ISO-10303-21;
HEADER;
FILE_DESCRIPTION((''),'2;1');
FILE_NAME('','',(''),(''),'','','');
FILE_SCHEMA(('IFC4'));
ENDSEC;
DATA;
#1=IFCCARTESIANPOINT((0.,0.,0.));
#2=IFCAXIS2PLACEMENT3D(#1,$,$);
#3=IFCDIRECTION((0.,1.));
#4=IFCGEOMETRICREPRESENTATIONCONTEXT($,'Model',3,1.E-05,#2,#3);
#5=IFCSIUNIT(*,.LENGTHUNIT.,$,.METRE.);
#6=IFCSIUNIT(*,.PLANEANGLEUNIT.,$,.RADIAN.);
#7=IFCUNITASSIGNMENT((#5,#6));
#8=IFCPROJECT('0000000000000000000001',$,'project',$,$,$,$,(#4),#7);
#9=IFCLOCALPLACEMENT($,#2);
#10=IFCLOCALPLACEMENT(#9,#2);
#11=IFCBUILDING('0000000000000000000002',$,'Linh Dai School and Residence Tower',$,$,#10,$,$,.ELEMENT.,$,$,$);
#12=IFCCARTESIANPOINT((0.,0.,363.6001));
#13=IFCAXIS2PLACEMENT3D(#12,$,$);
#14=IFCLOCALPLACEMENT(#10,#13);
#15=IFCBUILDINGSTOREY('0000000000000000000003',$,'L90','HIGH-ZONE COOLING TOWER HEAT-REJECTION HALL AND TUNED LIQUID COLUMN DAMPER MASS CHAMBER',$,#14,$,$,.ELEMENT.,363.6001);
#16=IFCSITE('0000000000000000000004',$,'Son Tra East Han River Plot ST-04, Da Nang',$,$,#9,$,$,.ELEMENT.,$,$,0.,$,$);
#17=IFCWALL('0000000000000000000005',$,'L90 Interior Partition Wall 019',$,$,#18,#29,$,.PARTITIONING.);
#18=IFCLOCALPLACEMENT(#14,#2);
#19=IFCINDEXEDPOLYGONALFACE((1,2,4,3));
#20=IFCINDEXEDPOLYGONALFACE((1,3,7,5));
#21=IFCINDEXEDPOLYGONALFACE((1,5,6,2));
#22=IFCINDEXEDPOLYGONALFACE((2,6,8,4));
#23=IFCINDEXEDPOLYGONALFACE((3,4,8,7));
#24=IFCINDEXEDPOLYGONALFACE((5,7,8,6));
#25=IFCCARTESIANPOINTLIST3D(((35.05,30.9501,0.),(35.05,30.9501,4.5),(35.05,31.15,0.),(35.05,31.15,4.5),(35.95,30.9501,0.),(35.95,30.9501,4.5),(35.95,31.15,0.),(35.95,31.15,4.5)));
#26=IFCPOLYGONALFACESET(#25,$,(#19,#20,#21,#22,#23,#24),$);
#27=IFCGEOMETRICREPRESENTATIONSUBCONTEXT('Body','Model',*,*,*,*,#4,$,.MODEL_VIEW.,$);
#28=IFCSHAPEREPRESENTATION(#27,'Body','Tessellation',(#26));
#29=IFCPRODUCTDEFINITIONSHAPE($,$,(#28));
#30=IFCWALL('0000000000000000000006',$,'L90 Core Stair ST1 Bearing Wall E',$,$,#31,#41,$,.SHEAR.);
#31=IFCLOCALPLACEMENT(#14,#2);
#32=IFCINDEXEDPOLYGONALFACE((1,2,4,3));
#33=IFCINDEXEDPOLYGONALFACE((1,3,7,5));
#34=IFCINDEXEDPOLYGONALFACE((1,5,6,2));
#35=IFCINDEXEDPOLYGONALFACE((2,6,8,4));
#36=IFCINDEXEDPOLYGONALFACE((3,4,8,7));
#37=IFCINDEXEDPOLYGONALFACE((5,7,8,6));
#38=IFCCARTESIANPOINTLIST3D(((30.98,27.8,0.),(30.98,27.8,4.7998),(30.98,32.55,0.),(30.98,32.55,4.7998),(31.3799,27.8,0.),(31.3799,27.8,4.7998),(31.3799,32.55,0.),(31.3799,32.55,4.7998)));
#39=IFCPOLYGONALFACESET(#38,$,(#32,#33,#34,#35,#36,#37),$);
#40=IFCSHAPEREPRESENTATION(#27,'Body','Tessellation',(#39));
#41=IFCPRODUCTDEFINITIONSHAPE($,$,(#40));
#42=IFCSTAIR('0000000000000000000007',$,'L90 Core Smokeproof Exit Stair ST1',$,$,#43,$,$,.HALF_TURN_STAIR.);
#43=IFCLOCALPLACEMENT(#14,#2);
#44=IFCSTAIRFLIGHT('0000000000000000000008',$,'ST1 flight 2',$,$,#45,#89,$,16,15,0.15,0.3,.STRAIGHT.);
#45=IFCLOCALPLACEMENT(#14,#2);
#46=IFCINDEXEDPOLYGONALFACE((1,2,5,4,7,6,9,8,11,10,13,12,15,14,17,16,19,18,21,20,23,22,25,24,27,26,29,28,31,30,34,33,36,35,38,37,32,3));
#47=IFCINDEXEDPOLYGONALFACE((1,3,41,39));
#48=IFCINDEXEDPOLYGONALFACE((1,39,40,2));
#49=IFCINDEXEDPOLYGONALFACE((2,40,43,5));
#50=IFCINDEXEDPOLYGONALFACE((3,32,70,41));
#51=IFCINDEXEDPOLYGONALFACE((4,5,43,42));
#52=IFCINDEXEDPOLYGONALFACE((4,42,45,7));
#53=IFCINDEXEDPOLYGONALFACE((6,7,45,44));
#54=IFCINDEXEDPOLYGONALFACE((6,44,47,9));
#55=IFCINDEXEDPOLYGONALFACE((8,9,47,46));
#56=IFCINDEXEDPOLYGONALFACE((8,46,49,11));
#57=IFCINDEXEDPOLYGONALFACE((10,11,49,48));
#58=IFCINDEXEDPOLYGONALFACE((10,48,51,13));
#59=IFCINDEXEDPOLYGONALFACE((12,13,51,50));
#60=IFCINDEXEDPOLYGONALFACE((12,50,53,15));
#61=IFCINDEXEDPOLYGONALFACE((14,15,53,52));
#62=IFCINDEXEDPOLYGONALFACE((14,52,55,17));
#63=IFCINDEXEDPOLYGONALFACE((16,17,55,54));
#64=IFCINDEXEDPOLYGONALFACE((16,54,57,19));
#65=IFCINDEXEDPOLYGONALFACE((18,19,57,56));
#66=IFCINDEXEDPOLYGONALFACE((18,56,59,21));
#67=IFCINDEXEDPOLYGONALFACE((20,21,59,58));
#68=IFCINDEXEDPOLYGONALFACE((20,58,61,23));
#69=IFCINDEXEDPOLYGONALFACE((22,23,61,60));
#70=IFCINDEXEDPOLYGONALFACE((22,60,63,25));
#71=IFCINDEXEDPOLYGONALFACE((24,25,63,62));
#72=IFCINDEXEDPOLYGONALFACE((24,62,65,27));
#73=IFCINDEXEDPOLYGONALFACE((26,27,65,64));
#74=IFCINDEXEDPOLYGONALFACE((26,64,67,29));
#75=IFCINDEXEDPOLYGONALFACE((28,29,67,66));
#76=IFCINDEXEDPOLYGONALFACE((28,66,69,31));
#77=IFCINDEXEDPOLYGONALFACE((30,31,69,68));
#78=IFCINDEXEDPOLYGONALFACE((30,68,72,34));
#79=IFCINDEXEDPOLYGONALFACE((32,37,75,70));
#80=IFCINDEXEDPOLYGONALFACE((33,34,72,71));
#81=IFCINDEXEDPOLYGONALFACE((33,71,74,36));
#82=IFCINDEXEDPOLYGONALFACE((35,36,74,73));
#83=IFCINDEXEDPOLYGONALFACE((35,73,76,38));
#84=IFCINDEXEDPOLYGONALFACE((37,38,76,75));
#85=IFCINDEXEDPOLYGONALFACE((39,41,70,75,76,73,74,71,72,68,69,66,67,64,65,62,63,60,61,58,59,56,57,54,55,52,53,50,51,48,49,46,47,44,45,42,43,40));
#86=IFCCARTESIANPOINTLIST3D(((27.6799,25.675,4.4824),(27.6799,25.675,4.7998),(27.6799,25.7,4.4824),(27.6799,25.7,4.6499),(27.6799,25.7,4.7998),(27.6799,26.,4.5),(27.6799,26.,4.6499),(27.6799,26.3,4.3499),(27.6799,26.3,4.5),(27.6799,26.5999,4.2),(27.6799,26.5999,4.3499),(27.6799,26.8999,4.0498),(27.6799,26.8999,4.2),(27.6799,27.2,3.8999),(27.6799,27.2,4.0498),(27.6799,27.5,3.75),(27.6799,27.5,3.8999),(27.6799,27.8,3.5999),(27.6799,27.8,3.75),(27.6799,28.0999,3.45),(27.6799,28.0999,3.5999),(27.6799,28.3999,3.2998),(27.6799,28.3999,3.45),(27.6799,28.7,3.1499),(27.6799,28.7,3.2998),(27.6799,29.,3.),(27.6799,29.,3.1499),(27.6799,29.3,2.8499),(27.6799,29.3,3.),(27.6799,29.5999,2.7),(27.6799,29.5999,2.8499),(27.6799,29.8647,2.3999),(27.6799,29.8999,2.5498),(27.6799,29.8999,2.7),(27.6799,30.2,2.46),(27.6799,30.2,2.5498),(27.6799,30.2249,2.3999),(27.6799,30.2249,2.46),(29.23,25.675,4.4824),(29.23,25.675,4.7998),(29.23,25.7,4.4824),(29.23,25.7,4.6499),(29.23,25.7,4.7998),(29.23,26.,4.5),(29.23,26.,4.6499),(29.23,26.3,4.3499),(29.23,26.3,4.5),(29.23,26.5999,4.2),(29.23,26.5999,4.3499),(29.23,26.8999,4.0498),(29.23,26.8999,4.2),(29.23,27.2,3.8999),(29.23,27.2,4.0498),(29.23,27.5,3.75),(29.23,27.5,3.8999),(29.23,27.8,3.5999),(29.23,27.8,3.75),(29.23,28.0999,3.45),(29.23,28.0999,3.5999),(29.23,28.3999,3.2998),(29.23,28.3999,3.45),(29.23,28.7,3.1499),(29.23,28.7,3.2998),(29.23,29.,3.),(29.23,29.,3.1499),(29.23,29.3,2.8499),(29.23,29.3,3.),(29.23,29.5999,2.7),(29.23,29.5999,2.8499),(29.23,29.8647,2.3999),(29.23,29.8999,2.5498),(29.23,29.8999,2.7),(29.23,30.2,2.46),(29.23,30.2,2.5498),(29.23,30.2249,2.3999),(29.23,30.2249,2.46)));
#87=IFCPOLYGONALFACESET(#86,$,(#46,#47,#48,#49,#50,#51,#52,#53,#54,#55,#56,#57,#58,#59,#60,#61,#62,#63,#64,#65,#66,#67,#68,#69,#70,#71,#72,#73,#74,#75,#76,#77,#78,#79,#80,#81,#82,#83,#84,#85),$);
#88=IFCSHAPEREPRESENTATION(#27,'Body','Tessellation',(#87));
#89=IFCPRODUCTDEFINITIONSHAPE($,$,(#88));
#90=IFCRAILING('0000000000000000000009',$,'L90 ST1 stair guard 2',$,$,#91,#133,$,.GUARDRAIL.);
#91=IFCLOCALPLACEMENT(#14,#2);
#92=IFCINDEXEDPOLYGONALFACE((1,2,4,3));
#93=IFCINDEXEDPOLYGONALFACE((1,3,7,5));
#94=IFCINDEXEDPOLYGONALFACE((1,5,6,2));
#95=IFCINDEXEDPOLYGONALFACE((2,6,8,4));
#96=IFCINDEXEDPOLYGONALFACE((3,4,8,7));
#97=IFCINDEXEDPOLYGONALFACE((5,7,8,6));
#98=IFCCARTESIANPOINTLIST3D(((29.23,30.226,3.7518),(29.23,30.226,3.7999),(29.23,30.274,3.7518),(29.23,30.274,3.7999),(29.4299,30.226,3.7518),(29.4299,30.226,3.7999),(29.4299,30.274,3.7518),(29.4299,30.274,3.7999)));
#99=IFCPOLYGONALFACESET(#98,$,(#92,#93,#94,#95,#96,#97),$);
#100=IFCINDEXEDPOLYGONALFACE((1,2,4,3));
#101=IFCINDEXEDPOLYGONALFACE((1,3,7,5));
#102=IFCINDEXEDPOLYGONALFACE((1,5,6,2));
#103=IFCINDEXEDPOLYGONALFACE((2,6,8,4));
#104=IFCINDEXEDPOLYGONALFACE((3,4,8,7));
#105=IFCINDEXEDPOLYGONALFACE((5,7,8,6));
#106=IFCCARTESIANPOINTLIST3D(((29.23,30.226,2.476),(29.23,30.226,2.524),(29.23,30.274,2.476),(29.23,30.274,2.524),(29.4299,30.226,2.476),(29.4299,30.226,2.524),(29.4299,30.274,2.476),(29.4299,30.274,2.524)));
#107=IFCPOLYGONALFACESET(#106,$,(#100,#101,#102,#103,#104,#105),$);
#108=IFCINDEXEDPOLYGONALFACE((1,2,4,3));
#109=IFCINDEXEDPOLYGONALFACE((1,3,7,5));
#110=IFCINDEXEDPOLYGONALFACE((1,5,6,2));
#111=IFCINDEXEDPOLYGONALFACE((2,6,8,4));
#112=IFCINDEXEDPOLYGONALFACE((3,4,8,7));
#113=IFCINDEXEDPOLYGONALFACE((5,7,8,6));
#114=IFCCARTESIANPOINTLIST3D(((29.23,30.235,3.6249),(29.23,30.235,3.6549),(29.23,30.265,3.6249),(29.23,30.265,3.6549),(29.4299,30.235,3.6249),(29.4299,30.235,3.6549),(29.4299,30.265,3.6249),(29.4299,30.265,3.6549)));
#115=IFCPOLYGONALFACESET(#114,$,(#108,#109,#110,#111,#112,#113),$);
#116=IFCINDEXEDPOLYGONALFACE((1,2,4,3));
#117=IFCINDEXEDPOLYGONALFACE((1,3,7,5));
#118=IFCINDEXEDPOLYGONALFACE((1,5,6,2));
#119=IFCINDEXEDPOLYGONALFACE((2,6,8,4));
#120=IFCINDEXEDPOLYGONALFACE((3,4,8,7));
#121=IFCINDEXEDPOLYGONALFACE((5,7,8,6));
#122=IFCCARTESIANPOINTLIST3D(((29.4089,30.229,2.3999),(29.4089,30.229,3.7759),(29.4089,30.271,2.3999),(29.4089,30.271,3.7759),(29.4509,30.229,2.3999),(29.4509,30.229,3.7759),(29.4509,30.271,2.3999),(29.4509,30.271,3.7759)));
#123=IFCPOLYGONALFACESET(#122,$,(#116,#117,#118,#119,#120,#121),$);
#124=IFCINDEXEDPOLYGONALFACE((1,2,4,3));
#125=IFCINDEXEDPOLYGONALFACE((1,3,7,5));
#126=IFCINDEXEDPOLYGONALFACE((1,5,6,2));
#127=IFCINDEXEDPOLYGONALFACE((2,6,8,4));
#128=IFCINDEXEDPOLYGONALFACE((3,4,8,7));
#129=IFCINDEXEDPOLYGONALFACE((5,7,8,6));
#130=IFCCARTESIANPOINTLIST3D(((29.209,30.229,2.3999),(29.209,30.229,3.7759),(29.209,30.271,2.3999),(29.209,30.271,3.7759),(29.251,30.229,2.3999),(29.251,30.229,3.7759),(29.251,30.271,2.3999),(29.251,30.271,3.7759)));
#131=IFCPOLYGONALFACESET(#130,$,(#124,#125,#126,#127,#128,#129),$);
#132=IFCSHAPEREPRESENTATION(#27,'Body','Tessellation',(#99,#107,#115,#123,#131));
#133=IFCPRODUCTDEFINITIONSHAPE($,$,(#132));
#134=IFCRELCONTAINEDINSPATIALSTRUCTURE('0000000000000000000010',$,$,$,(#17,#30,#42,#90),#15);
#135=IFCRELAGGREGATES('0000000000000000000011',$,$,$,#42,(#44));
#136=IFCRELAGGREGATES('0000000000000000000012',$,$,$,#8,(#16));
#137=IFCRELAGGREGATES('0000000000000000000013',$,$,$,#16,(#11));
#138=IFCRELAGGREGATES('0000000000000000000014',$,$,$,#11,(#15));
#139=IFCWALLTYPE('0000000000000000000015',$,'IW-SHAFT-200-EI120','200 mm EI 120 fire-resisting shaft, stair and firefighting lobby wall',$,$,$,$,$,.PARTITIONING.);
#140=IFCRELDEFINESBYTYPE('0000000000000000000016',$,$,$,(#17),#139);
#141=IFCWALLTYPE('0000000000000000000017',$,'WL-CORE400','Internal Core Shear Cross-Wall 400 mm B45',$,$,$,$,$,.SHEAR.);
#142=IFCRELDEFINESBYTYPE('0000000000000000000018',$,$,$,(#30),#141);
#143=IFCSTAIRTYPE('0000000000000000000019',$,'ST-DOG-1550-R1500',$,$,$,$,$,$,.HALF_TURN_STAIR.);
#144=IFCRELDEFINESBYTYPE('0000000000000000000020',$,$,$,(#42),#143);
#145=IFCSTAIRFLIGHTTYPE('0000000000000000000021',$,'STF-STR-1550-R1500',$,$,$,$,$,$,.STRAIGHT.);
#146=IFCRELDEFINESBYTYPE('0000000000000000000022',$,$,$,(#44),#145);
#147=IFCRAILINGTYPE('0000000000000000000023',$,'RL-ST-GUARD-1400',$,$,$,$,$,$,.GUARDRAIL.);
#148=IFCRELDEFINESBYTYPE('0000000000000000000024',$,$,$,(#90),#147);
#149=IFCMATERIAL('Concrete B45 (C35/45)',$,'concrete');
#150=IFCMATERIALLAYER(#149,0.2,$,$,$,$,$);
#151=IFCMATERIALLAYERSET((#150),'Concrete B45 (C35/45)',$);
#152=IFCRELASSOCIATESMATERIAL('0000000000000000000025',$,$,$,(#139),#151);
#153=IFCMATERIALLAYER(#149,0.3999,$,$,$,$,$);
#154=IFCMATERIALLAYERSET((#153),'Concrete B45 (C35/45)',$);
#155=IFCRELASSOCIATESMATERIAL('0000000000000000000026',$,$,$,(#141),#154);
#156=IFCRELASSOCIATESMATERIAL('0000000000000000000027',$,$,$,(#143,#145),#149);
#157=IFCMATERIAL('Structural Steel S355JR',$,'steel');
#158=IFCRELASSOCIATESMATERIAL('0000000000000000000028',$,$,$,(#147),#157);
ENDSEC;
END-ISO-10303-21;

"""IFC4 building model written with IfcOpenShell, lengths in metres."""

from ifc_helpers import new_model, si_unit, direction, frame, frame_2d, origin, origin_2d, place, context, subcontext, project, spatial, polyline, rectangle, outline, extrude, source, transform, mapped, material, layer, layer_set, type_object, element, aggregate, save


model = new_model("IFC4")

# Units and contexts
model_context = context("Model", 3, precision=1e-05, world=origin(), true_north=direction((0.0, 1.0)))
body_context = subcontext(model_context, "Body", "Model", "MODEL_VIEW")
ifc_project = project(units=[si_unit("LENGTHUNIT", "METRE"), si_unit("PLANEANGLEUNIT", "RADIAN")], contexts=[model_context])

# Site, building, storey
site_placement = place(None, origin())
site = spatial("IfcSite", under=ifc_project, at=site_placement, Name="Son Tra East Han River Plot ST-04, Da Nang", CompositionType="ELEMENT", RefElevation=0.0)
building_placement = place(site_placement, origin())
building = spatial("IfcBuilding", under=site, at=building_placement, Name="Linh Dai School and Residence Tower", CompositionType="ELEMENT")
storey_placement = place(building_placement, frame((0.0, 0.0, 363.6001)))
storey = spatial("IfcBuildingStorey", under=building, at=storey_placement, Name="L90", Description="HIGH-ZONE COOLING TOWER HEAT-REJECTION HALL AND TUNED LIQUID COLUMN DAMPER MASS CHAMBER", CompositionType="ELEMENT", Elevation=363.6001)

# Shared definitions
ifc_material_1 = material(Name="Concrete B45 (C35/45)", Category="concrete")
ifc_layer_1 = layer(ifc_material_1, 0.2)
ifc_layer_set_1 = layer_set([ifc_layer_1], Name="Concrete B45 (C35/45)")
wall_type_1 = type_object("IfcWallType", Name="IW-SHAFT-200-EI120", Description="200 mm EI 120 fire-resisting shaft, stair and firefighting lobby wall", PredefinedType="PARTITIONING", material=ifc_layer_set_1)

# Walls
wall_1_placement = place(storey_placement, frame((35.05, 31.05, 0.0), z_axis=(0.0, 0.0, 1.0), x_axis=(1.0, 0.0, 0.0)))
element("IfcWall", 1, at=wall_1_placement, inside=storey, type_object=wall_type_1, Name="L90 Interior Partition Wall 019", PredefinedType="PARTITIONING", context=body_context, shape_type="SweptSolid", body=[
    extrude(rectangle(XDim=0.8999, YDim=0.2, at=frame_2d((0.45, 0.0))), origin(), (0.0, 0.0, 1.0), 4.5),
])
ifc_layer_2 = layer(ifc_material_1, 0.3999)
ifc_layer_set_2 = layer_set([ifc_layer_2], Name="Concrete B45 (C35/45)")
wall_type_2 = type_object("IfcWallType", Name="WL-CORE400", Description="Internal Core Shear Cross-Wall 400 mm B45", PredefinedType="SHEAR", material=ifc_layer_set_2)
wall_2_placement = place(storey_placement, frame((31.1799, 27.8, 0.0), z_axis=(0.0, 0.0, 1.0), x_axis=(0.0, 1.0, 0.0)))
element("IfcWall", 2, at=wall_2_placement, inside=storey, type_object=wall_type_2, Name="L90 Core Stair ST1 Bearing Wall E", PredefinedType="SHEAR", context=body_context, shape_type="SweptSolid", body=[
    extrude(rectangle(XDim=4.75, YDim=0.3999, at=frame_2d((2.375, 0.0))), origin(), (0.0, 0.0, 1.0), 4.7998),
])

# Stair, stair flight
stair_type = type_object("IfcStairType", Name="ST-DOG-1550-R1500", PredefinedType="HALF_TURN_STAIR", material=ifc_material_1)
stair_placement = place(storey_placement, origin())
stair = element("IfcStair", 3, at=stair_placement, inside=storey, type_object=stair_type, Name="L90 Core Smokeproof Exit Stair ST1", PredefinedType="HALF_TURN_STAIR")
stair_flight_type = type_object("IfcStairFlightType", Name="STF-STR-1550-R1500", PredefinedType="STRAIGHT", material=ifc_material_1)
shared_shape_1 = source(origin(), body_context, "Body", "SweptSolid", [
    extrude(outline(polyline([(-0.0249, 0.0), (-0.0249, 0.0601), (0.0, 0.0601), (0.0, 0.1499), (0.3, 0.1499), (0.3, 0.3), (0.6001, 0.3), (0.6001, 0.45), (0.8999, 0.45), (0.8999, 0.6001), (1.2, 0.6001), (1.2, 0.75), (1.5, 0.75), (1.5, 0.8999), (1.8, 0.8999), (1.8, 1.05), (2.1001, 1.05), (2.1001, 1.2), (2.3999, 1.2), (2.3999, 1.3501), (2.7, 1.3501), (2.7, 1.5), (3.0, 1.5), (3.0, 1.6499), (3.3, 1.6499), (3.3, 1.8), (3.6001, 1.8), (3.6001, 1.95), (3.8999, 1.95), (3.8999, 2.1001), (4.2, 2.1001), (4.2, 2.25), (4.5, 2.25), (4.5, 2.3999), (4.5249, 2.3999), (4.5249, 2.0825), (4.5, 2.0825), (0.3352, 0.0), (-0.0249, 0.0)])), frame((0.0, 0.7749, 0.0), z_axis=(0.0, -1.0, 0.0), x_axis=(1.0, 0.0, 0.0)), (0.0, 0.0, 1.0), 1.55),
])
stair_flight_placement = place(storey_placement, frame((28.4551, 30.2, 2.3999), z_axis=(0.0, 0.0, 1.0), x_axis=(0.0, -1.0, 0.0)))
stair_flight = element("IfcStairFlight", 4, at=stair_flight_placement, type_object=stair_flight_type, Name="ST1 flight 2", NumberOfRisers=16, NumberOfTreads=15, PredefinedType="STRAIGHT", RiserHeight=0.15, TreadLength=0.3, context=body_context, shape_type="MappedRepresentation", body=[
    mapped(shared_shape_1, transform((0.0, 0.0, 0.0), x_axis=(1.0, 0.0, 0.0), y_axis=(0.0, 1.0, 0.0), z_axis=(0.0, 0.0, 1.0), scale=1.0)),
])
aggregate(stair, [stair_flight])

# Railing
ifc_material_2 = material(Name="Structural Steel S355JR", Category="steel")
railing_type_1 = type_object("IfcRailingType", Name="RL-ST-GUARD-1400", PredefinedType="GUARDRAIL", material=ifc_material_2)
shared_shape_2 = source(origin(), body_context, "Body", "SweptSolid", [
    extrude(rectangle(XDim=0.0481, YDim=0.0481, at=origin_2d()), frame((0.0, 0.0, 1.376), z_axis=(-1.0, 0.0, 0.0), x_axis=(0.0, -1.0, 0.0)), (0.0, 0.0, 1.0), 0.2),
    extrude(rectangle(XDim=0.0481, YDim=0.0481, at=origin_2d()), frame((0.0, 0.0, 0.1001), z_axis=(-1.0, 0.0, 0.0), x_axis=(0.0, -1.0, 0.0)), (0.0, 0.0, 1.0), 0.2),
    extrude(rectangle(XDim=0.03, YDim=0.03, at=origin_2d()), frame((0.0, 0.0, 1.24), z_axis=(-1.0, 0.0, 0.0), x_axis=(0.0, -1.0, 0.0)), (0.0, 0.0, 1.0), 0.2),
    extrude(rectangle(XDim=0.042, YDim=0.042, at=origin_2d()), origin(), (0.0, 0.0, 1.0), 1.376),
    extrude(rectangle(XDim=0.042, YDim=0.042, at=origin_2d()), frame((-0.2, 0.0, 0.0)), (0.0, 0.0, 1.0), 1.376),
])
railing_1_placement = place(storey_placement, frame((29.4299, 30.25, 2.3999)))
element("IfcRailing", 5, at=railing_1_placement, inside=storey, type_object=railing_type_1, Name="L90 ST1 stair guard 2", PredefinedType="GUARDRAIL", context=body_context, shape_type="MappedRepresentation", body=[
    mapped(shared_shape_2, transform((0.0, 0.0, 0.0), x_axis=(1.0, 0.0, 0.0), y_axis=(0.0, 1.0, 0.0), z_axis=(0.0, 0.0, 1.0), scale=1.0)),
])

save(model, "model.ifc")
